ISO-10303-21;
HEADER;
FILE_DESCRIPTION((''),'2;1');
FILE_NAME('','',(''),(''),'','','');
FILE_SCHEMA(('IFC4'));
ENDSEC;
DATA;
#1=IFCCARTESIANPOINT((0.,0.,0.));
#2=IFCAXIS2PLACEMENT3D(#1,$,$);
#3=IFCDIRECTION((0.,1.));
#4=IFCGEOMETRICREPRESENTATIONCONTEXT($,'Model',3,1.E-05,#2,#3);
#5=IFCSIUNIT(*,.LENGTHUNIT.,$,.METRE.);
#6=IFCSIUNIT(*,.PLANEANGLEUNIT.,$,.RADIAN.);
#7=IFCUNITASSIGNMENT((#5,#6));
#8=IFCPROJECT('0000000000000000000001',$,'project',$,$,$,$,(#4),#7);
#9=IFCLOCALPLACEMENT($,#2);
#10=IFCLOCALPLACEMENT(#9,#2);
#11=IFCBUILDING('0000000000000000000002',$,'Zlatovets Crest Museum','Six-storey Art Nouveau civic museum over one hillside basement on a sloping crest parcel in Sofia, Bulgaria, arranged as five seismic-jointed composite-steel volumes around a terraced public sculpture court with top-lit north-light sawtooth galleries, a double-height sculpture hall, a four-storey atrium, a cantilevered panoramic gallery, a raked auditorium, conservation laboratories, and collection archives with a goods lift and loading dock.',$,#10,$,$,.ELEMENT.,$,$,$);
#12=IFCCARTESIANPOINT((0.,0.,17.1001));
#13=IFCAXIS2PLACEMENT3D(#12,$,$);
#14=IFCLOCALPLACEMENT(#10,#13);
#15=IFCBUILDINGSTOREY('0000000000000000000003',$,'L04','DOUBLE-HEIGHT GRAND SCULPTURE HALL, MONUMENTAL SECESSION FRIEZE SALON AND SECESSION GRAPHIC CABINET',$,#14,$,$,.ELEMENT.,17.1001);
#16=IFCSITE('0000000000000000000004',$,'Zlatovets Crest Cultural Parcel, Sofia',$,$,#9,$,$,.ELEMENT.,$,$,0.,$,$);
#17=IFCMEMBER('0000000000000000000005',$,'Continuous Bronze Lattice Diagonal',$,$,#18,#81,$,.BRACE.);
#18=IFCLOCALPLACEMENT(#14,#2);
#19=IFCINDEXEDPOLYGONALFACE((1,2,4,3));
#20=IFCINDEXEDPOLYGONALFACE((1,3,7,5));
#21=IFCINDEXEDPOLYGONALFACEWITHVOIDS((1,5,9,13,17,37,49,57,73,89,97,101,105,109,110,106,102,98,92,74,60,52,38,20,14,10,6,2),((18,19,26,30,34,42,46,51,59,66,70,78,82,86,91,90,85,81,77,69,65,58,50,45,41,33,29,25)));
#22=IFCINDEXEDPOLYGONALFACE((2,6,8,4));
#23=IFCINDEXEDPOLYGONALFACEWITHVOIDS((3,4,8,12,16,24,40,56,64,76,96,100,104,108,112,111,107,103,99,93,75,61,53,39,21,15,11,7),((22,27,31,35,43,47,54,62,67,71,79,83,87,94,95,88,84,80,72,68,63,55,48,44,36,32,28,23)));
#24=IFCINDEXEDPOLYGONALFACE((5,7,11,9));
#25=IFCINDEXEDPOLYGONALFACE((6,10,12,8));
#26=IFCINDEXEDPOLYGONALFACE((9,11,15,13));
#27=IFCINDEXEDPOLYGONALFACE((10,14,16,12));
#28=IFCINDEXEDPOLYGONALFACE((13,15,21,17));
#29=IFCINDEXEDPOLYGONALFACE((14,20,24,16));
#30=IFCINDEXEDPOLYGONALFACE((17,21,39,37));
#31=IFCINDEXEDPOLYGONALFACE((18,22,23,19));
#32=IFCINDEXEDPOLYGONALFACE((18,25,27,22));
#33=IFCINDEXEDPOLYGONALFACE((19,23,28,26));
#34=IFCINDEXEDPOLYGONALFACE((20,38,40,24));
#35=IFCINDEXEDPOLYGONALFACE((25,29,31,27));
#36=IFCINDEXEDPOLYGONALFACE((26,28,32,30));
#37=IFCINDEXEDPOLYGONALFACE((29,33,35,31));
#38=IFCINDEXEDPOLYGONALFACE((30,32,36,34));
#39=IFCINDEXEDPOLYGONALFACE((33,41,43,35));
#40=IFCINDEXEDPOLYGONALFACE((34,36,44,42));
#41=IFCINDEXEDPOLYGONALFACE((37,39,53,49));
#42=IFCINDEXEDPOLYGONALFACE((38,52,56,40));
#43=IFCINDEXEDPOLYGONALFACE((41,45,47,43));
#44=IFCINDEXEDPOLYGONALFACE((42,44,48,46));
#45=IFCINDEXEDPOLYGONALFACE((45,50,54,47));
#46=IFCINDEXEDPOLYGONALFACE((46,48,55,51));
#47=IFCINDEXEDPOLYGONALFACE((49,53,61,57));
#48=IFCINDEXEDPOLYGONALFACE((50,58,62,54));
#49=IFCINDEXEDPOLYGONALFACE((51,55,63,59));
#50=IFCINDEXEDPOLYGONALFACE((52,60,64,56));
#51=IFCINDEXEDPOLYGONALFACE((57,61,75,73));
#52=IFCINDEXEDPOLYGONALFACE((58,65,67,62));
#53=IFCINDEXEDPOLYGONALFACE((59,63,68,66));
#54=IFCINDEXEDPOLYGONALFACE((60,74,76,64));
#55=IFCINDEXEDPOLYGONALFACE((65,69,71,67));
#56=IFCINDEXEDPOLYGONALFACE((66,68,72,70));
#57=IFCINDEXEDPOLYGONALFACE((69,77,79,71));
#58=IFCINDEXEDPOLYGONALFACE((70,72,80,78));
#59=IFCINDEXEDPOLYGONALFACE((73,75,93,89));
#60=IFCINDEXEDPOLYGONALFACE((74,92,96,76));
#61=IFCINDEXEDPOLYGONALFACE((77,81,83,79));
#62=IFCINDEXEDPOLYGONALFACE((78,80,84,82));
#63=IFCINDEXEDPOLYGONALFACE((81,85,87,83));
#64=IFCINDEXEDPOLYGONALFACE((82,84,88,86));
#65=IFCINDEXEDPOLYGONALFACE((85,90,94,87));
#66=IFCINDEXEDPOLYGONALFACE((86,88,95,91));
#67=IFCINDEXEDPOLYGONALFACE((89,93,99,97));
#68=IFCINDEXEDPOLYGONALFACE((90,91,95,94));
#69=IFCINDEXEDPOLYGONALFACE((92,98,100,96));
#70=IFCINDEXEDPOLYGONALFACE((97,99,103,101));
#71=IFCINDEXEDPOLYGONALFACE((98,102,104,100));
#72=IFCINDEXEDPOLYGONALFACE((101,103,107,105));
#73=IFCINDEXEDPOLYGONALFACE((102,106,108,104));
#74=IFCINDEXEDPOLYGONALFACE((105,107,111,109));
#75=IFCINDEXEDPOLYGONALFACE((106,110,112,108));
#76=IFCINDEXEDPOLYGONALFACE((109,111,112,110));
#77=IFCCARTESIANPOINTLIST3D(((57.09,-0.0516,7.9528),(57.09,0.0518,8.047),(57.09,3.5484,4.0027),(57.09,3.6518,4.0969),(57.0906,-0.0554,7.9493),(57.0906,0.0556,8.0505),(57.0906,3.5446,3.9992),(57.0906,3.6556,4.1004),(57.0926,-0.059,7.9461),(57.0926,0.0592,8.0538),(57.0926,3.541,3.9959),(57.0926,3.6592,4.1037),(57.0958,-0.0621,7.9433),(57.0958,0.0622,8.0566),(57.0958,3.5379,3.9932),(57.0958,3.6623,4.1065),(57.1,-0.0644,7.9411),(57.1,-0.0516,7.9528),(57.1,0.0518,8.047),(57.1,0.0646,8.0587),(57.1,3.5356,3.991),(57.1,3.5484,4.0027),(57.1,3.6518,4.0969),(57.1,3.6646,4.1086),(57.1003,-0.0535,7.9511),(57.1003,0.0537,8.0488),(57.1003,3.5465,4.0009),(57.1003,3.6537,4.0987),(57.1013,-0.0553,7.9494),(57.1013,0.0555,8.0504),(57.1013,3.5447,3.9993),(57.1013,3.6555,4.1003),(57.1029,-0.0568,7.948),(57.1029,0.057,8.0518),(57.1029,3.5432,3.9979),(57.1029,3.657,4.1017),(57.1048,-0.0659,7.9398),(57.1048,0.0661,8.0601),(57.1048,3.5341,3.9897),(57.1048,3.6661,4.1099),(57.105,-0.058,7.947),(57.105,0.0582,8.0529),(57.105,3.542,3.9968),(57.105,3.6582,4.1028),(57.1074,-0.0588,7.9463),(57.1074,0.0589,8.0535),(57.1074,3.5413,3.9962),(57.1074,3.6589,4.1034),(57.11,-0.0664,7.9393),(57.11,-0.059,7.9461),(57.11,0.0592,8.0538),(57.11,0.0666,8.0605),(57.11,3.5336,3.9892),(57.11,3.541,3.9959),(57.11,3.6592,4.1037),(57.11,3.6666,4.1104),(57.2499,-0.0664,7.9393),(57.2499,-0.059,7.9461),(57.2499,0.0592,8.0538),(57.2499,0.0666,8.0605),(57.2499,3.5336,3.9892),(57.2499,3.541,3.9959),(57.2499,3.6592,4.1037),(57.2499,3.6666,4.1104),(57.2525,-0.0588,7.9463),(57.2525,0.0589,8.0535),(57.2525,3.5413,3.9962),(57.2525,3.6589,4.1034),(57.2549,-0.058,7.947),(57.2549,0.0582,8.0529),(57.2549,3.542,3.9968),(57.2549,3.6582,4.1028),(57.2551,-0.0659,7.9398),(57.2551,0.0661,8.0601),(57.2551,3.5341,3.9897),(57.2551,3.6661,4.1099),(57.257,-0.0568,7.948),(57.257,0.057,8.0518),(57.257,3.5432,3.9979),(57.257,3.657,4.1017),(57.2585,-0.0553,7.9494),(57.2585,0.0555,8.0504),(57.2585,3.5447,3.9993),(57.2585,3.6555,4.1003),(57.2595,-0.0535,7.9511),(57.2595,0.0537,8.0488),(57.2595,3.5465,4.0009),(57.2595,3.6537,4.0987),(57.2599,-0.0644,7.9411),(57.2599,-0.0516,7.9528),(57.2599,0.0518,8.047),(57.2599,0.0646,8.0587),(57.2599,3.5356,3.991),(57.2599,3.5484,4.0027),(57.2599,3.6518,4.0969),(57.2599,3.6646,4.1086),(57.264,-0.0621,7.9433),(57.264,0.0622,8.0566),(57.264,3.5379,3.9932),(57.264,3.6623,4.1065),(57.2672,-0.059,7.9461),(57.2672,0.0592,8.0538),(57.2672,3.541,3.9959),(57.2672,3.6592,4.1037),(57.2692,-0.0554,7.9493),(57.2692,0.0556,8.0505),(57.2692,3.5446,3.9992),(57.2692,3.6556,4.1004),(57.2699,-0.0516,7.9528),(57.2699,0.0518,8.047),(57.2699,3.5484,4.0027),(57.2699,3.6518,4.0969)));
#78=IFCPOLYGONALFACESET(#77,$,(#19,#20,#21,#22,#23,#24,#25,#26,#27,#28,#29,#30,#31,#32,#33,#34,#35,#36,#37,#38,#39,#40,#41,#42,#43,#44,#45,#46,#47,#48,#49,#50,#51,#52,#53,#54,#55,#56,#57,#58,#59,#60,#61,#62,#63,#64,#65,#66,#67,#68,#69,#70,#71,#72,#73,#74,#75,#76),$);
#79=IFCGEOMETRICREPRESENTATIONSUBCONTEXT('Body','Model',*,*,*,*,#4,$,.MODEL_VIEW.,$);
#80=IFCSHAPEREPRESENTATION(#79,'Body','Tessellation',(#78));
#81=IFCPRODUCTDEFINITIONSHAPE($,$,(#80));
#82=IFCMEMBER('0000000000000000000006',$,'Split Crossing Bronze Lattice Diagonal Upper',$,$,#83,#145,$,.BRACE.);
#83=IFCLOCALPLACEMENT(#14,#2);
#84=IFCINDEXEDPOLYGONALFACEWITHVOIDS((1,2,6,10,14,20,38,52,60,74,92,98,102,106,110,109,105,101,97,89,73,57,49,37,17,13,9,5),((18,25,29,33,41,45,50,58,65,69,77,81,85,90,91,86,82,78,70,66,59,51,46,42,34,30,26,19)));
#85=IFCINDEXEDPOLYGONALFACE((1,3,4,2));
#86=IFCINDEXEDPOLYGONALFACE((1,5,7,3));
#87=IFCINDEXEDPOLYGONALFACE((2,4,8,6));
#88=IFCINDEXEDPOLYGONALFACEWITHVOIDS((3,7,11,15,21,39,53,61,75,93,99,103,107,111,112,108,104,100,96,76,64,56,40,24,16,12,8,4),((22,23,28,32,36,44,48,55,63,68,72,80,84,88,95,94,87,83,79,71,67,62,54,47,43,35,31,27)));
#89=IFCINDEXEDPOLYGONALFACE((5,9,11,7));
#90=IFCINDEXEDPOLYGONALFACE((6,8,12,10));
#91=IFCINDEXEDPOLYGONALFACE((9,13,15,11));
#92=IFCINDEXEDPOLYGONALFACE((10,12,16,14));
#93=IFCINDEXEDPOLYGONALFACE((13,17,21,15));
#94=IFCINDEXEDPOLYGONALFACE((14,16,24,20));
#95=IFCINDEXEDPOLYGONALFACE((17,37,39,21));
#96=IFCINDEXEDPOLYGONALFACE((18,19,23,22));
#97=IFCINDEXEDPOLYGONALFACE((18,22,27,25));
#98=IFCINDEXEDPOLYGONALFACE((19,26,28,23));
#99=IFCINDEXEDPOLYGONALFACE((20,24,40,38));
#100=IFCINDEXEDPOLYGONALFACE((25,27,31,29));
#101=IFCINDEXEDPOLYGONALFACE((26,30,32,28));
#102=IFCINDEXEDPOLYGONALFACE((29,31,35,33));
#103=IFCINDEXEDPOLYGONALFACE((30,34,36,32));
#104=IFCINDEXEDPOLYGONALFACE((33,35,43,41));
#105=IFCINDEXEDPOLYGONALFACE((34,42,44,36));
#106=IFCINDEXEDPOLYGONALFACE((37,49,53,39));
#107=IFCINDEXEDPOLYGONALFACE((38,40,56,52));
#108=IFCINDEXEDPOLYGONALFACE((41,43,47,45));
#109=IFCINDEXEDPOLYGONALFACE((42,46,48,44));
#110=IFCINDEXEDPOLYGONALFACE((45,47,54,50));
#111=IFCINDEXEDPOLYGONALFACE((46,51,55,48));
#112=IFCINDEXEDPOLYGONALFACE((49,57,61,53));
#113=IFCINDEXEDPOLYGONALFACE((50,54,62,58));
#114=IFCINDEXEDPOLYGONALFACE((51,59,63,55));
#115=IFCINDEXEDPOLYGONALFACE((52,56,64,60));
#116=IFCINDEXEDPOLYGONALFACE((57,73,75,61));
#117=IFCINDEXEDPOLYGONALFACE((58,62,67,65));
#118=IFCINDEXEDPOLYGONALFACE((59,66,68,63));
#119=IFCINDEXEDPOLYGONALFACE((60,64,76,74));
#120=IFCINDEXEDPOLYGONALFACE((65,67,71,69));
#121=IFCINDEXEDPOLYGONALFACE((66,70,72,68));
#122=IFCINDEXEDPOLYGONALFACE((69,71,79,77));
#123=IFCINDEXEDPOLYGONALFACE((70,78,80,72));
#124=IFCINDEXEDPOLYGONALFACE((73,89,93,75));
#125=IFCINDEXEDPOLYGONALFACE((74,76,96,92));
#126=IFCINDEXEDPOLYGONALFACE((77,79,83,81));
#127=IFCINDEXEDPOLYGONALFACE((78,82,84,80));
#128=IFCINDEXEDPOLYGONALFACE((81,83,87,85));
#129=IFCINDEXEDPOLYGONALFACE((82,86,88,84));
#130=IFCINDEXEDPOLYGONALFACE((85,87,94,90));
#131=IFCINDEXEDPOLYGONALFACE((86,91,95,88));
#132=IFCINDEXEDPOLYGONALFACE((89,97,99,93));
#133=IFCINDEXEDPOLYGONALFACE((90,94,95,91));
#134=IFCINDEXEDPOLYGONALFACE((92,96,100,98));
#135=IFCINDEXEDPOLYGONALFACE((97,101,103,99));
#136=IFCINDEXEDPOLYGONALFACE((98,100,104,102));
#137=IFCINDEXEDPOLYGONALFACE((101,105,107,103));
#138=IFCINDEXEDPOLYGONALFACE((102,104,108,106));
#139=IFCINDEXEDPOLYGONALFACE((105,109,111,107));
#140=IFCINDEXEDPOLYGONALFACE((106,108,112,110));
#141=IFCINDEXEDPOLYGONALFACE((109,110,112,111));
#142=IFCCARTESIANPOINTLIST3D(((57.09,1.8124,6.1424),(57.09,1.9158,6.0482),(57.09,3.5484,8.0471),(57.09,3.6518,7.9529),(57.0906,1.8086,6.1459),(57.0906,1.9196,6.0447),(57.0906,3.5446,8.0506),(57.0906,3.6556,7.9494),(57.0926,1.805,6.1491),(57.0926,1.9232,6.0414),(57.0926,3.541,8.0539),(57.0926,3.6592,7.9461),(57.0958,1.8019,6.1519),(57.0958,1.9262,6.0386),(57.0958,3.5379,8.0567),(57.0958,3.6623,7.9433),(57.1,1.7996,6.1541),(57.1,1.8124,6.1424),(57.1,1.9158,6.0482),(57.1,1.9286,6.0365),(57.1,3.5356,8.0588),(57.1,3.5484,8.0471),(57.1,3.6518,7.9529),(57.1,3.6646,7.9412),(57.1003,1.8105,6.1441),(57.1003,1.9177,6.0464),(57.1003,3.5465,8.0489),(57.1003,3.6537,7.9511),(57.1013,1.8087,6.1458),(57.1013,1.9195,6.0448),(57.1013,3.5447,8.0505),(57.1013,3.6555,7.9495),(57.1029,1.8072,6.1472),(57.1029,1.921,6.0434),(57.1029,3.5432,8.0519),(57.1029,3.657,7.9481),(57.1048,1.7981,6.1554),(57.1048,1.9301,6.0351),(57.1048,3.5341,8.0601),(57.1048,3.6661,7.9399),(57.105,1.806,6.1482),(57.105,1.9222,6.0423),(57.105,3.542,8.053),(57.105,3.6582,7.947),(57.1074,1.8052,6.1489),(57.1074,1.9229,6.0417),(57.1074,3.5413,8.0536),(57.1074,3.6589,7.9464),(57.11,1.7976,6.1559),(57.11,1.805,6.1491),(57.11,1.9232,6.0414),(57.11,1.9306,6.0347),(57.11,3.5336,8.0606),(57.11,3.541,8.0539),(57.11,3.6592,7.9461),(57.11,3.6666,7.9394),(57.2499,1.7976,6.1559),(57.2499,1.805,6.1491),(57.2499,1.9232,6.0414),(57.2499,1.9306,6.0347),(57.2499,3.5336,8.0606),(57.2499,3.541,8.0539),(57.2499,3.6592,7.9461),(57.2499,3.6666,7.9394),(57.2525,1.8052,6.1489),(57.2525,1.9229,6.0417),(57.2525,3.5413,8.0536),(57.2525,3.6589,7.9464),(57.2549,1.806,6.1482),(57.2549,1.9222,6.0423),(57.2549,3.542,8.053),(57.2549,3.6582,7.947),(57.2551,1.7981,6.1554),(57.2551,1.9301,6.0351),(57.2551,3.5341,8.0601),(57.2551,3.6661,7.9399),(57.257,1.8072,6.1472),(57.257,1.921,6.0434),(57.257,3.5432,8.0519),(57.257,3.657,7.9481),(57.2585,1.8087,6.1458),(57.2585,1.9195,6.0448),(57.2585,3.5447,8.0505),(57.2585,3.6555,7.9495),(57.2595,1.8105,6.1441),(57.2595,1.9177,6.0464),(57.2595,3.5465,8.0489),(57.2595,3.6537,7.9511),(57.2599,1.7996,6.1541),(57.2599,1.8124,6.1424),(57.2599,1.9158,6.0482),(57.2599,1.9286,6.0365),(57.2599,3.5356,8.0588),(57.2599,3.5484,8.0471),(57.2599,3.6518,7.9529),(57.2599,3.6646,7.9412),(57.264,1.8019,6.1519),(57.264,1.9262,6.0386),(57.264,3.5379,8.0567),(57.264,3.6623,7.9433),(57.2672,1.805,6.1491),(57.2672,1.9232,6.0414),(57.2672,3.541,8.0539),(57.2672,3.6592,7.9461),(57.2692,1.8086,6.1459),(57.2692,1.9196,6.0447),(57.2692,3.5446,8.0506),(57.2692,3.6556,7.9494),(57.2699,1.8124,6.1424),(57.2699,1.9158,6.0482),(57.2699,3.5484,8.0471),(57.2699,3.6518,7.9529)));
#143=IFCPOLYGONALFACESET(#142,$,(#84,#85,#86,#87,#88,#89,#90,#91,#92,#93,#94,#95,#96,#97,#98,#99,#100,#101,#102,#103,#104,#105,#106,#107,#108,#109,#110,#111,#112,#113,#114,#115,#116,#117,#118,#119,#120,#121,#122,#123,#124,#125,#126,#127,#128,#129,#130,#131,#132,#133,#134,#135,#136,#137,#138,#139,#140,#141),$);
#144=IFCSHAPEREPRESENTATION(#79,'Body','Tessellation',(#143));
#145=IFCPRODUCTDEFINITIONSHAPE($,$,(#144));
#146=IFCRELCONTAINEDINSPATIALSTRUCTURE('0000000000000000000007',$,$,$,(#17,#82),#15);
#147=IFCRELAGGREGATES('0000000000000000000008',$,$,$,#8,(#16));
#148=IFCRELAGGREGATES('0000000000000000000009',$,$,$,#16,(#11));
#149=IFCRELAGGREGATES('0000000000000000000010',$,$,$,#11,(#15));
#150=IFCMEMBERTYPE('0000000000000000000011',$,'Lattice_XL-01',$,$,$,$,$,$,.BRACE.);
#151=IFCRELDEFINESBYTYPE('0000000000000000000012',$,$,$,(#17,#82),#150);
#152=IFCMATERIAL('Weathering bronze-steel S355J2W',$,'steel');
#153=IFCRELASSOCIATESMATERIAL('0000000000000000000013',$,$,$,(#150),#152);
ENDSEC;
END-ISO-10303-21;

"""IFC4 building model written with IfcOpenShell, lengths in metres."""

from ifc_helpers import new_model, si_unit, direction, frame, origin, origin_2d, place, context, subcontext, project, spatial, hollow_rectangle, extrude, material, material_profile, profile_set, type_object, element, save


model = new_model("IFC4")

# Units and contexts
model_context = context("Model", 3, precision=1e-05, world=origin(), true_north=direction((0.0, 1.0)))
body_context = subcontext(model_context, "Body", "Model", "MODEL_VIEW")
ifc_project = project(units=[si_unit("LENGTHUNIT", "METRE"), si_unit("PLANEANGLEUNIT", "RADIAN")], contexts=[model_context])

# Site, building, storey
site_placement = place(None, origin())
site = spatial("IfcSite", under=ifc_project, at=site_placement, Name="Zlatovets Crest Cultural Parcel, Sofia", CompositionType="ELEMENT", RefElevation=0.0)
building_placement = place(site_placement, origin())
building = spatial("IfcBuilding", under=site, at=building_placement, Name="Zlatovets Crest Museum", Description="Six-storey Art Nouveau civic museum over one hillside basement on a sloping crest parcel in Sofia, Bulgaria, arranged as five seismic-jointed composite-steel volumes around a terraced public sculpture court with top-lit north-light sawtooth galleries, a double-height sculpture hall, a four-storey atrium, a cantilevered panoramic gallery, a raked auditorium, conservation laboratories, and collection archives with a goods lift and loading dock.", CompositionType="ELEMENT")
storey_placement = place(building_placement, frame((0.0, 0.0, 17.1001)))
storey = spatial("IfcBuildingStorey", under=building, at=storey_placement, Name="L04", Description="DOUBLE-HEIGHT GRAND SCULPTURE HALL, MONUMENTAL SECESSION FRIEZE SALON AND SECESSION GRAPHIC CABINET", CompositionType="ELEMENT", Elevation=17.1001)

# Members
ifc_material_1 = material(Name="Weathering bronze-steel S355J2W", Category="steel")
ifc_material_profile_1 = material_profile(ifc_material_1, hollow_rectangle(XDim=0.1799, YDim=0.1799, WallThickness=0.01, InnerFilletRadius=0.01, OuterFilletRadius=0.02, at=origin_2d()), Name="SHS 180x180x10.0")
ifc_profile_set_1 = profile_set([ifc_material_profile_1], Name="Weathering bronze-steel S355J2W")
member_type_1 = type_object("IfcMemberType", Name="Lattice_XL-01", PredefinedType="BRACE", material=ifc_profile_set_1)
member_1_placement = place(storey_placement, frame((57.1799, 3.6001, 4.0498), z_axis=(0.0, -0.673595, 0.7391), x_axis=(1.0, 0.0, 0.0)))
element("IfcMember", 1, at=member_1_placement, inside=storey, type_object=member_type_1, Name="Continuous Bronze Lattice Diagonal", PredefinedType="BRACE", context=body_context, shape_type="SweptSolid", body=[
    extrude(hollow_rectangle(XDim=0.1799, YDim=0.1799, WallThickness=0.01, InnerFilletRadius=0.01, OuterFilletRadius=0.02, at=origin_2d()), origin(), (0.0, 0.0, 1.0), 5.3445),
])
for number, where, z_axis, x_axis, name in (
    (2, (57.1799, 3.6001, 8.0), (0.0, -0.67362, -0.739078), (1.0, 0.0, 0.0), "Split Crossing Bronze Lattice Diagonal Upper"),
):
    element("IfcMember", number, at=place(storey_placement, frame(where, z_axis=z_axis, x_axis=x_axis)), inside=storey, type_object=member_type_1, Name=name, PredefinedType="BRACE", context=body_context, shape_type="SweptSolid", body=[
        extrude(hollow_rectangle(XDim=0.1799, YDim=0.1799, WallThickness=0.01, InnerFilletRadius=0.01, OuterFilletRadius=0.02, at=origin_2d()), origin(), (0.0, 0.0, 1.0), 2.5771),
    ])

save(model, "model.ifc")
